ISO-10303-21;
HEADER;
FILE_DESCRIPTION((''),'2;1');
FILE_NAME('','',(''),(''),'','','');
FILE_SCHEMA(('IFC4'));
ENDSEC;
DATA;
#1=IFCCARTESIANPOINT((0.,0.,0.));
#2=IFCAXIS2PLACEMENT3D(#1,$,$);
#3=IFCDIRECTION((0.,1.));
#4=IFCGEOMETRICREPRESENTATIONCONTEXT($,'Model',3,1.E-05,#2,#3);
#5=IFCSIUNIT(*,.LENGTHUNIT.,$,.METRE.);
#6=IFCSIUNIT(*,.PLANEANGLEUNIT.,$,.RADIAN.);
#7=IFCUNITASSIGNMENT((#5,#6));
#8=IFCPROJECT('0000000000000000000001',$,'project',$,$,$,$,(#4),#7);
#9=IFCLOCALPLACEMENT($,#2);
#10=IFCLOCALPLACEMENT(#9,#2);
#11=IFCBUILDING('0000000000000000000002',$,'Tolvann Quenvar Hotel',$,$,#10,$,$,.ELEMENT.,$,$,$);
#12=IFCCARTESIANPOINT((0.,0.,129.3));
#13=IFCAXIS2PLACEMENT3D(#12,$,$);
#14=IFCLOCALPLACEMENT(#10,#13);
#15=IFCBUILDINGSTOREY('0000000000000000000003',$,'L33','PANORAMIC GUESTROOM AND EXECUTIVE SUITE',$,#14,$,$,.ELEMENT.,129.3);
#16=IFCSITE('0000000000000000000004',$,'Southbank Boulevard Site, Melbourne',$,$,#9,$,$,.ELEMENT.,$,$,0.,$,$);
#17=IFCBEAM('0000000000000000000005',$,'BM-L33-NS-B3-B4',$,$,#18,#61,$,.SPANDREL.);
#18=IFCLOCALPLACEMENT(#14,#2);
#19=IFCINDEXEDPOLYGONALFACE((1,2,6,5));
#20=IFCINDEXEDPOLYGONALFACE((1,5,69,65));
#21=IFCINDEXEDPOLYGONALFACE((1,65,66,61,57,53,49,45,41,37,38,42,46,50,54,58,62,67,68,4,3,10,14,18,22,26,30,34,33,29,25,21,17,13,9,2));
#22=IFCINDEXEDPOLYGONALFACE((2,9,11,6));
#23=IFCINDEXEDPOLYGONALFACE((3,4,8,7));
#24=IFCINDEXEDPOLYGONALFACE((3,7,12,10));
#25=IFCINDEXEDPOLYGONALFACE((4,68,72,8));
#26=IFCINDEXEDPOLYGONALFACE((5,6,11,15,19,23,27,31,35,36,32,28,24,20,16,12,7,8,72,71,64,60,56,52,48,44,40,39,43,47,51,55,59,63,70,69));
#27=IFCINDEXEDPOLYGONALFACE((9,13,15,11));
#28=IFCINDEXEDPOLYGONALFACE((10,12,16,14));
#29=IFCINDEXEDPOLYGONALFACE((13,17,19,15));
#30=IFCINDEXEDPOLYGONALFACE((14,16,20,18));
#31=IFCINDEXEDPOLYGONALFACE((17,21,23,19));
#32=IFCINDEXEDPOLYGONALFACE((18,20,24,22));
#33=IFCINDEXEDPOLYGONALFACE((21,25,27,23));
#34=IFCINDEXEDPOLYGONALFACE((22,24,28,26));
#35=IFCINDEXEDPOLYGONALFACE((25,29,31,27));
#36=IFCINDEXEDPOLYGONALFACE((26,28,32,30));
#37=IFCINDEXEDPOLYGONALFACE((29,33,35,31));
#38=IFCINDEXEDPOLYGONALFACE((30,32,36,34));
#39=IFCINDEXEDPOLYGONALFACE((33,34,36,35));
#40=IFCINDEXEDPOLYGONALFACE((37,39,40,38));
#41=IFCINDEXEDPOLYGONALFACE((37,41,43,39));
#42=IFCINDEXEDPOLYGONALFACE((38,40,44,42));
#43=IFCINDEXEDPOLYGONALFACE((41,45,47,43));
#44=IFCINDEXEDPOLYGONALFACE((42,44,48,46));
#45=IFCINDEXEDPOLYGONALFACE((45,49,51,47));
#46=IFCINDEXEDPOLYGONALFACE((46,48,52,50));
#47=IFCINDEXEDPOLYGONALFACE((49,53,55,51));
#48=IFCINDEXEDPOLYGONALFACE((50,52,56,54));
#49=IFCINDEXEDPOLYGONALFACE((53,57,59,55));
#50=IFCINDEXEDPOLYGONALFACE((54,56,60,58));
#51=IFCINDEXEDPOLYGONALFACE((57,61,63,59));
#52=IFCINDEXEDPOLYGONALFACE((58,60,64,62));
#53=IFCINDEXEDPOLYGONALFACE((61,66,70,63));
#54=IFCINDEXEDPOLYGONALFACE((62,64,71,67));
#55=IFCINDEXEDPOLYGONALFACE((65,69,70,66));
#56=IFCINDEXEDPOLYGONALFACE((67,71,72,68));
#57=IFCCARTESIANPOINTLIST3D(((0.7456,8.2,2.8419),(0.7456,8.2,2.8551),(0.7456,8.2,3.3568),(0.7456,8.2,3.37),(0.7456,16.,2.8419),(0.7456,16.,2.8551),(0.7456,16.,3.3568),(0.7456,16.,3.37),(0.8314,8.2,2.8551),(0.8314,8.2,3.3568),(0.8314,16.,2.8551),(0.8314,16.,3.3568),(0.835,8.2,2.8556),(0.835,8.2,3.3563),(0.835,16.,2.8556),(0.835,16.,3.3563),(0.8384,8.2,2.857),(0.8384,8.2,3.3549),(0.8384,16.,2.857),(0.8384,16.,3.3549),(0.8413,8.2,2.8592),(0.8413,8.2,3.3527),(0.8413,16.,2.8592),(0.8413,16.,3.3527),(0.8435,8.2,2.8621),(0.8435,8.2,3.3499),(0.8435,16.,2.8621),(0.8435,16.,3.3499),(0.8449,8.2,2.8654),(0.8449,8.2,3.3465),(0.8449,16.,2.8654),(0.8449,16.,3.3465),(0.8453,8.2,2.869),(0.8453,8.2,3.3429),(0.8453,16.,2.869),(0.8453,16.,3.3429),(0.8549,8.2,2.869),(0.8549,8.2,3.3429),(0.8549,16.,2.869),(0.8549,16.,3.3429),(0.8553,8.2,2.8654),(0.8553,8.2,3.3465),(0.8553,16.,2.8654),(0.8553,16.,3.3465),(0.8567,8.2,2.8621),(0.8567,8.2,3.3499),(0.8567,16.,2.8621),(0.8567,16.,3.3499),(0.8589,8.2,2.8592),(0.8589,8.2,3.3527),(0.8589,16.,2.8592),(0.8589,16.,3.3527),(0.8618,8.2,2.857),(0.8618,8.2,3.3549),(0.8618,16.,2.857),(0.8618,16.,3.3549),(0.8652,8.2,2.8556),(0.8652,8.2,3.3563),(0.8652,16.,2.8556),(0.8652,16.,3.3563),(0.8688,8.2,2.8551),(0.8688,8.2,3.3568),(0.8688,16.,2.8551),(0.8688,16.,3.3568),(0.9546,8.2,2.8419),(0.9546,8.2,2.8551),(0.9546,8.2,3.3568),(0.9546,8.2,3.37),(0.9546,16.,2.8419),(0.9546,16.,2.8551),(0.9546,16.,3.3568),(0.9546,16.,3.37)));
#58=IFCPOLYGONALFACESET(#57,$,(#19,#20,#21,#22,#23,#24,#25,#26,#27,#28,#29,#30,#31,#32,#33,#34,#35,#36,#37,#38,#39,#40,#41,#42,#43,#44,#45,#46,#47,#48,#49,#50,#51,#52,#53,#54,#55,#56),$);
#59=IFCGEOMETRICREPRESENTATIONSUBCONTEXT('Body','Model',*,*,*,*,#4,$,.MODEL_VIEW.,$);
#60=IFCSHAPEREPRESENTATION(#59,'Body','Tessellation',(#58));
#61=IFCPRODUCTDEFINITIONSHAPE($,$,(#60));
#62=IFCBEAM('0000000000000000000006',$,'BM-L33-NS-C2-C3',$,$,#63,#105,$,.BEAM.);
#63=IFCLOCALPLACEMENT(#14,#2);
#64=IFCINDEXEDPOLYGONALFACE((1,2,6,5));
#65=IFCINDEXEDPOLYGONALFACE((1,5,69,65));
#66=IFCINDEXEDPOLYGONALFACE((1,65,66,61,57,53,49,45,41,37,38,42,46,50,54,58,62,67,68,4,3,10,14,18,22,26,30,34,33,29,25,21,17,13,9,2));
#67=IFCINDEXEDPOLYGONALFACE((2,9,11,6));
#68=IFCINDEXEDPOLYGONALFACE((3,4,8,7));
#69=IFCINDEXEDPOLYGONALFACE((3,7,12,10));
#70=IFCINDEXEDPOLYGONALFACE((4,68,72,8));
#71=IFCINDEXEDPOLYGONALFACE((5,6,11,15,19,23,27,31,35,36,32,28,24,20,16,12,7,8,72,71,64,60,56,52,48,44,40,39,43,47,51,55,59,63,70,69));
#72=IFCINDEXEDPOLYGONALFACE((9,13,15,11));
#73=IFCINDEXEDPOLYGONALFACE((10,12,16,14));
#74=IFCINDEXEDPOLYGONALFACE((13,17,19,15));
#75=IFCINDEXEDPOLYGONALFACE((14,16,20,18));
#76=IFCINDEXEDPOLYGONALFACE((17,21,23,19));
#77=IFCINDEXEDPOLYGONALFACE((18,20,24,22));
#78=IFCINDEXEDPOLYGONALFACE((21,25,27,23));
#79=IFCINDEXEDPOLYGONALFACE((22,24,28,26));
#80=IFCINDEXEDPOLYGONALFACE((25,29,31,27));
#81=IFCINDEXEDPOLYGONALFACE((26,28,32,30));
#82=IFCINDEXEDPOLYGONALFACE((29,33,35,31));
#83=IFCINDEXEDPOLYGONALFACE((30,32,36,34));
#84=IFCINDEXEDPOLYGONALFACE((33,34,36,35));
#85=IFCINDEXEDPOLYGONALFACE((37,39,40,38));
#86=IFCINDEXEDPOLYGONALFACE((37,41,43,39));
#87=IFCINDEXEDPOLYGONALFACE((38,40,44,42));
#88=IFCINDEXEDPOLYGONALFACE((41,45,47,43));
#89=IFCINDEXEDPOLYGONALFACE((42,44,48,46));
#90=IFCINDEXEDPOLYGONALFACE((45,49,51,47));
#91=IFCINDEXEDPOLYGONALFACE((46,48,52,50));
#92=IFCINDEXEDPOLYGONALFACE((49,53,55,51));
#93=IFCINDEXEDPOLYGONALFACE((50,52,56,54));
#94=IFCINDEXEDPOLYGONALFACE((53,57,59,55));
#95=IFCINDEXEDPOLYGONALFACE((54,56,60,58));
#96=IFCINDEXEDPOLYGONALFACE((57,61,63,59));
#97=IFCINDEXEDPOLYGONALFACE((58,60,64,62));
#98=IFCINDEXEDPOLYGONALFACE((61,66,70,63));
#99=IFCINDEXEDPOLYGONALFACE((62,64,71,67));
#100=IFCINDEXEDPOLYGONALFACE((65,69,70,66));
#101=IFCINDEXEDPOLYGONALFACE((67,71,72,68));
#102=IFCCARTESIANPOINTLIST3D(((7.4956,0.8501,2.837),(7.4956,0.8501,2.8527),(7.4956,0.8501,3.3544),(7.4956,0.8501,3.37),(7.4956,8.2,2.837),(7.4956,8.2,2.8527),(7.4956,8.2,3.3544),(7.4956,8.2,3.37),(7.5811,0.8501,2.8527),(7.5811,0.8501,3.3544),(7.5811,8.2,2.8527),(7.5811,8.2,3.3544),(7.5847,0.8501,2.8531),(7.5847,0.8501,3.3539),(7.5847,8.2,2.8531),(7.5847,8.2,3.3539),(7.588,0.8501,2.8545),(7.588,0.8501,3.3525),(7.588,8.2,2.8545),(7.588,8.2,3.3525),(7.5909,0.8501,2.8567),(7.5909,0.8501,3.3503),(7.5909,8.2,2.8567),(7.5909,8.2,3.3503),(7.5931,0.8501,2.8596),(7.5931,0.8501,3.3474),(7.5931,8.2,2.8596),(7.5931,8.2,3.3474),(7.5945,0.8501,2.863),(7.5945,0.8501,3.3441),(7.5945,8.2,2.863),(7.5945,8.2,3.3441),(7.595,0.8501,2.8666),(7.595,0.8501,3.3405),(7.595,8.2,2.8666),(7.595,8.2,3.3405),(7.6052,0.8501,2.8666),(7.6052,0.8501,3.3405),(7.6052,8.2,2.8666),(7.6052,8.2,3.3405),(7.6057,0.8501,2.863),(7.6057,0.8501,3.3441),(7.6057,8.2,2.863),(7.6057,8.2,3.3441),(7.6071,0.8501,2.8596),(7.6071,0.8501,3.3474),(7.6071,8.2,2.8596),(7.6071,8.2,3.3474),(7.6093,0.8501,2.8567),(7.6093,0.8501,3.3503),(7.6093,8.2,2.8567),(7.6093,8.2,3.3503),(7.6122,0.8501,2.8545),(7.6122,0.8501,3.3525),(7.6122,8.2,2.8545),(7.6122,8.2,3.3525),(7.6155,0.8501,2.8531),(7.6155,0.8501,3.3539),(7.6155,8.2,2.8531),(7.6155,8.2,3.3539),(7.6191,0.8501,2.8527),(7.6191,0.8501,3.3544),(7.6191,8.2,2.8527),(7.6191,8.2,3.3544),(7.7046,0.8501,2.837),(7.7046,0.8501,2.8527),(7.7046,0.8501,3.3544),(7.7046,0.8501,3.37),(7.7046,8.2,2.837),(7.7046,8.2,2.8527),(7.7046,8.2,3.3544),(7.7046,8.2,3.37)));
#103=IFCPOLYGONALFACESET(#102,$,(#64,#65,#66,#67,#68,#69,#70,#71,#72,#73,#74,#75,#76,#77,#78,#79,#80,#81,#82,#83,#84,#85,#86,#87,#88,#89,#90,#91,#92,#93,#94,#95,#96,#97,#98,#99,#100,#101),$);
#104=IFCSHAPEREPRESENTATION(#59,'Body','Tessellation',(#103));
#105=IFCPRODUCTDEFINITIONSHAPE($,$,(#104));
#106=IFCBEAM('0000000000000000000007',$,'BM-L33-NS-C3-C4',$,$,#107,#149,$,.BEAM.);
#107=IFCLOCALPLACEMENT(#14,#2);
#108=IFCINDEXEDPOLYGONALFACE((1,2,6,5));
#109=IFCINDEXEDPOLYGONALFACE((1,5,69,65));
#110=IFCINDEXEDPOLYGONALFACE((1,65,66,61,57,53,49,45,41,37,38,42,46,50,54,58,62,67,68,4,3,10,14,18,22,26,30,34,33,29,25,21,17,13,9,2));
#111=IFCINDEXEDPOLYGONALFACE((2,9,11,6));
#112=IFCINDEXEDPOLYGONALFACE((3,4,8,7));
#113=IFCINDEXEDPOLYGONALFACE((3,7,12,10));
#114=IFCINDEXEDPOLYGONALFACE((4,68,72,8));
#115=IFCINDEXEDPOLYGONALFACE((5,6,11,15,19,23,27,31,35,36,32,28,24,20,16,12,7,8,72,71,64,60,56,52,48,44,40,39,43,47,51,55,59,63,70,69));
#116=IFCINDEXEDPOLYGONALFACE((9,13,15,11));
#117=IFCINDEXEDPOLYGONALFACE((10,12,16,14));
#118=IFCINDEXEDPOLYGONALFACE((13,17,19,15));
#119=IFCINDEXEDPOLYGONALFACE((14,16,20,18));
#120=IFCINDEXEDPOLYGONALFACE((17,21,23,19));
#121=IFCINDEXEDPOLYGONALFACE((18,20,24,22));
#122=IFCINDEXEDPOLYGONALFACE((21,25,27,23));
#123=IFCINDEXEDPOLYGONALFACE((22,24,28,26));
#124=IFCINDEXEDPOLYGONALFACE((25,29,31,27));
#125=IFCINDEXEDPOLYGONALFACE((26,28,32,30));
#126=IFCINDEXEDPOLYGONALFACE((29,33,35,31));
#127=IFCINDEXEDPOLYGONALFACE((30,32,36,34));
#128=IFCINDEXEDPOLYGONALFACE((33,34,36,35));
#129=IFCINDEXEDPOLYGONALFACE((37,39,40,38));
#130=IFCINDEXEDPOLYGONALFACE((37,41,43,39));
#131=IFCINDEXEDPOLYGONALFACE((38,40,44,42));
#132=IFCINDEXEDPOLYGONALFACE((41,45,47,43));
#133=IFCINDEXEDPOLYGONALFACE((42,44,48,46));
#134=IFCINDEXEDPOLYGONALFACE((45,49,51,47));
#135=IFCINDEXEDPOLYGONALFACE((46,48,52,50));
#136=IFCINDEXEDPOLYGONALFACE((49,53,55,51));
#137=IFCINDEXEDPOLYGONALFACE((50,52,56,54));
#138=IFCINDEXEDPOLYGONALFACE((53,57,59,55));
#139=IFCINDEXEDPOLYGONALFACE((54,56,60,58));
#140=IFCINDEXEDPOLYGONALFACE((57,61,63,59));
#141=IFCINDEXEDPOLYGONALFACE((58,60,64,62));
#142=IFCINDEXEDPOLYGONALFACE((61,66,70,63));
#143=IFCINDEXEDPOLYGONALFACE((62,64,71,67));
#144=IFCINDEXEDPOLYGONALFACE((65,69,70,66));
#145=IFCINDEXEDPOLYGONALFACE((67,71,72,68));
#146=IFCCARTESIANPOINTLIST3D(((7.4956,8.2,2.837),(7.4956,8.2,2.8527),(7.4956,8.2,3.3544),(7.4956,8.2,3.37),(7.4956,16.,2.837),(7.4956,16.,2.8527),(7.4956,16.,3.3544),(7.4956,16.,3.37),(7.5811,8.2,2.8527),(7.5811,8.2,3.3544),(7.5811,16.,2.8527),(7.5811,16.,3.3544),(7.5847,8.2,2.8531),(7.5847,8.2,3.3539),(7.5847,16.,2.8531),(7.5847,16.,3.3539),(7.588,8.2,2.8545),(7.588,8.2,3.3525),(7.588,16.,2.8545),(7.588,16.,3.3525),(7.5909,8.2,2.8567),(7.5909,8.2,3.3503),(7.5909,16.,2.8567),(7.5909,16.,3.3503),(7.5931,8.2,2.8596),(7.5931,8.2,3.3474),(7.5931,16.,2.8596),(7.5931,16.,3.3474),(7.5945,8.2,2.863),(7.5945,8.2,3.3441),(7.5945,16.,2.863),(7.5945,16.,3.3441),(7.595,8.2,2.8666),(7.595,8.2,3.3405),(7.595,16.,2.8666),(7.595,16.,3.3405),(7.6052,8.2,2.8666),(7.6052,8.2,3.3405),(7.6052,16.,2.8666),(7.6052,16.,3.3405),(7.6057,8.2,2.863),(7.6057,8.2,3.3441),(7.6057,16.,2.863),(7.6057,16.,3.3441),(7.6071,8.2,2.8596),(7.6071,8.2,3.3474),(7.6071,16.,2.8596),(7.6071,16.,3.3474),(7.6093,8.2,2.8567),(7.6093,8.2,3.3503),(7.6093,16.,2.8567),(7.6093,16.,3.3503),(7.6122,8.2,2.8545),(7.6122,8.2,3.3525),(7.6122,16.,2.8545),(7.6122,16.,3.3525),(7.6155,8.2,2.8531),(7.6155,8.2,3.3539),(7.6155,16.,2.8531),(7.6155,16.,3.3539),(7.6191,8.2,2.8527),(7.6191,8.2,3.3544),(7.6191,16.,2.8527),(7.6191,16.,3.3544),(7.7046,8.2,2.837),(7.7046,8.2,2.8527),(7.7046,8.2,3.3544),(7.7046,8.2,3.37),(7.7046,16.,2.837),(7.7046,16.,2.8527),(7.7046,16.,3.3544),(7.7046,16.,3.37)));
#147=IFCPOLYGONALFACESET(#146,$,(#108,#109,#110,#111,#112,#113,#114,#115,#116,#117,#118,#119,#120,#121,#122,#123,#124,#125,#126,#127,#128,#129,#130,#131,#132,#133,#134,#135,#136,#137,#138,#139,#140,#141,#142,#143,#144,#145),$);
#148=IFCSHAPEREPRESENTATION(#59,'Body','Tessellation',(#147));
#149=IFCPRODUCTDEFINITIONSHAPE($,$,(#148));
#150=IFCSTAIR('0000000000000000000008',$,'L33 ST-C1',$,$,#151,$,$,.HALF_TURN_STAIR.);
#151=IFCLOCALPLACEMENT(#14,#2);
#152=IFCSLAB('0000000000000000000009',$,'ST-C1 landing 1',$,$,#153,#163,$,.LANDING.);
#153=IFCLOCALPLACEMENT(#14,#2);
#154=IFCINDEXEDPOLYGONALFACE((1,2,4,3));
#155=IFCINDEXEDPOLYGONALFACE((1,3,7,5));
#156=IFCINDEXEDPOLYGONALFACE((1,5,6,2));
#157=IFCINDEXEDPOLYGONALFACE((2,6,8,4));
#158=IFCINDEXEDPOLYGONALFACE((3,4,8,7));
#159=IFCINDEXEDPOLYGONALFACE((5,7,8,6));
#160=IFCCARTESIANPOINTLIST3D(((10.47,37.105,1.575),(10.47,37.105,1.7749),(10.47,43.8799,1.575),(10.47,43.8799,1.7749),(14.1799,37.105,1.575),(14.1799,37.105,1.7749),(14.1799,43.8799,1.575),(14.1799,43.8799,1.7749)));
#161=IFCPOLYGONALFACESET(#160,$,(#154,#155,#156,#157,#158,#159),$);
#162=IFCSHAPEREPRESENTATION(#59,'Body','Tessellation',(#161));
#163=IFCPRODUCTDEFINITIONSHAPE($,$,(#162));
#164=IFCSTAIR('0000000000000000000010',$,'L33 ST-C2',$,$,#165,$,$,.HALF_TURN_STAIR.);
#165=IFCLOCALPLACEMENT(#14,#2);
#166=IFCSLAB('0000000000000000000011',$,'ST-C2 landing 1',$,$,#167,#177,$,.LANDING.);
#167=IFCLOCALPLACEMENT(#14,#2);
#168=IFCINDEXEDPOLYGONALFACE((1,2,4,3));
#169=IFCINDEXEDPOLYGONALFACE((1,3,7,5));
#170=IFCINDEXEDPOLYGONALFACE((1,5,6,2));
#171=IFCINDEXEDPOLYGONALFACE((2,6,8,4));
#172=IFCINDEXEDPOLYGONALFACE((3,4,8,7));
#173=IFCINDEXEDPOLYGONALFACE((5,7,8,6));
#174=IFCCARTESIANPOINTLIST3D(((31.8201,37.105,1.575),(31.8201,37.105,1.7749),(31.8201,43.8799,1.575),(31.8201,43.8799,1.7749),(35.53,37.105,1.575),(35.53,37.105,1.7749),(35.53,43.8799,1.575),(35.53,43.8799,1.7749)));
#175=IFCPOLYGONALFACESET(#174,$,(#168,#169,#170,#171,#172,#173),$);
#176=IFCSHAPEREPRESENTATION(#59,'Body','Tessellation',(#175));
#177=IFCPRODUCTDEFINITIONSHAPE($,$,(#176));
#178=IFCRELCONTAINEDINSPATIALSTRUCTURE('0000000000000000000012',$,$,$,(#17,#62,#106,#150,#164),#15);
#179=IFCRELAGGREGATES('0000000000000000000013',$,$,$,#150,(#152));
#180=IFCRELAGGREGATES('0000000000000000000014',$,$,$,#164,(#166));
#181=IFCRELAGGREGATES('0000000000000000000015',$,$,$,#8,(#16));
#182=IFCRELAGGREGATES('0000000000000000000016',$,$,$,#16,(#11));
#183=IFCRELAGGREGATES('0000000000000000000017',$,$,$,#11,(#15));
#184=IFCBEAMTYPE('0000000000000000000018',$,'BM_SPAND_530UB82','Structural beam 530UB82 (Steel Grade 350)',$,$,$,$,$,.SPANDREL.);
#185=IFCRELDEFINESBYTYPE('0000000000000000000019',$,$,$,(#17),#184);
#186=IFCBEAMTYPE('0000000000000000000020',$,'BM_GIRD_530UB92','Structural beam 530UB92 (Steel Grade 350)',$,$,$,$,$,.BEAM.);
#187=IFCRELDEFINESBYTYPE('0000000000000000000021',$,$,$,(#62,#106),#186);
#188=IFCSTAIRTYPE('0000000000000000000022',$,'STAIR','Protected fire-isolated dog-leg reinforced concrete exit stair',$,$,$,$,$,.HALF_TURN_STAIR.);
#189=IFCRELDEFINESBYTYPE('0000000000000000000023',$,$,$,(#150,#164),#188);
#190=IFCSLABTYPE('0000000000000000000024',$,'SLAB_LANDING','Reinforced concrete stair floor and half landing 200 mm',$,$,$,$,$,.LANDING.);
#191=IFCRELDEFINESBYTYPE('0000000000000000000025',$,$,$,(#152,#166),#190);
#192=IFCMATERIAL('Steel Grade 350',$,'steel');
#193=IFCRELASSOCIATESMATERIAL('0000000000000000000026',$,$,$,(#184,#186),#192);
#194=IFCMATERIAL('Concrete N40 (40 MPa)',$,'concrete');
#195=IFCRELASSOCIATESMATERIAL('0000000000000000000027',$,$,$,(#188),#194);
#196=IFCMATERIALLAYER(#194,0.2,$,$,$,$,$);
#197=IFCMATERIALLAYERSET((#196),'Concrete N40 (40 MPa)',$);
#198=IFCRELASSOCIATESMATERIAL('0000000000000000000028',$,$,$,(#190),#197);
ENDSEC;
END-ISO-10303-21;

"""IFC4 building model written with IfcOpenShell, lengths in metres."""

from ifc_helpers import new_model, si_unit, direction, frame, origin, origin_2d, place, context, subcontext, project, spatial, polyline, i_section, outline, extrude, source, transform, mapped, material, layer, layer_set, material_profile, profile_set, type_object, type_shapes, element, aggregate, save


model = new_model("IFC4")

# Units and contexts
model_context = context("Model", 3, precision=1e-05, world=origin(), true_north=direction((0.0, 1.0)))
body_context = subcontext(model_context, "Body", "Model", "MODEL_VIEW")
ifc_project = project(units=[si_unit("LENGTHUNIT", "METRE"), si_unit("PLANEANGLEUNIT", "RADIAN")], contexts=[model_context])

# Site, building, storey
site_placement = place(None, origin())
site = spatial("IfcSite", under=ifc_project, at=site_placement, Name="Southbank Boulevard Site, Melbourne", CompositionType="ELEMENT", RefElevation=0.0)
building_placement = place(site_placement, origin())
building = spatial("IfcBuilding", under=site, at=building_placement, Name="Tolvann Quenvar Hotel", CompositionType="ELEMENT")
storey_placement = place(building_placement, frame((0.0, 0.0, 129.3)))
storey = spatial("IfcBuildingStorey", under=building, at=storey_placement, Name="L33", Description="PANORAMIC GUESTROOM AND EXECUTIVE SUITE", CompositionType="ELEMENT", Elevation=129.3)

# Shared definitions
ifc_material_1 = material(Name="Steel Grade 350", Category="steel")

# Beams
ifc_material_profile_1 = material_profile(ifc_material_1, i_section(OverallWidth=0.209, OverallDepth=0.5281, WebThickness=0.0095, FlangeThickness=0.0132, FilletRadius=0.0139, at=origin_2d()), Name="530UB82")
ifc_profile_set_1 = profile_set([ifc_material_profile_1], Name="Steel Grade 350")
beam_type_1 = type_object("IfcBeamType", Name="BM_SPAND_530UB82", Description="Structural beam 530UB82 (Steel Grade 350)", PredefinedType="SPANDREL", material=ifc_profile_set_1)
shared_shape_1 = source(origin(), body_context, "Body", "SweptSolid", [
    extrude(i_section(OverallWidth=0.209, OverallDepth=0.5281, WebThickness=0.0095, FlangeThickness=0.0132, FilletRadius=0.0139, at=origin_2d()), origin(), (0.0, 0.0, 1.0), 7.8),
])
beam_1_placement = place(storey_placement, frame((0.8501, 8.2, 3.106), z_axis=(0.0, 1.0, 0.0), x_axis=(-1.0, 0.0, 0.0)))
element("IfcBeam", 1, at=beam_1_placement, inside=storey, type_object=beam_type_1, Name="BM-L33-NS-B3-B4", PredefinedType="SPANDREL", context=body_context, shape_type="MappedRepresentation", body=[
    mapped(shared_shape_1, transform((0.0, 0.0, 0.0), x_axis=(1.0, 0.0, 0.0), y_axis=(0.0, 1.0, 0.0), z_axis=(0.0, 0.0, 1.0), scale=1.0)),
])
ifc_material_profile_2 = material_profile(ifc_material_1, i_section(OverallWidth=0.209, OverallDepth=0.533, WebThickness=0.0103, FlangeThickness=0.0156, FilletRadius=0.0139, at=origin_2d()), Name="530UB92")
ifc_profile_set_2 = profile_set([ifc_material_profile_2], Name="Steel Grade 350")
beam_type_2 = type_object("IfcBeamType", Name="BM_GIRD_530UB92", Description="Structural beam 530UB92 (Steel Grade 350)", PredefinedType="BEAM", material=ifc_profile_set_2)
shared_shape_2 = source(origin(), body_context, "Body", "SweptSolid", [
    extrude(i_section(OverallWidth=0.209, OverallDepth=0.533, WebThickness=0.0103, FlangeThickness=0.0156, FilletRadius=0.0139, at=origin_2d()), origin(), (0.0, 0.0, 1.0), 7.3499),
])
beam_2_placement = place(storey_placement, frame((7.6001, 0.8501, 3.1035), z_axis=(0.0, 1.0, 0.0), x_axis=(-1.0, 0.0, 0.0)))
element("IfcBeam", 2, at=beam_2_placement, inside=storey, type_object=beam_type_2, Name="BM-L33-NS-C2-C3", PredefinedType="BEAM", context=body_context, shape_type="MappedRepresentation", body=[
    mapped(shared_shape_2, transform((0.0, 0.0, 0.0), x_axis=(1.0, 0.0, 0.0), y_axis=(0.0, 1.0, 0.0), z_axis=(0.0, 0.0, 1.0), scale=1.0)),
])
shared_shape_3 = source(origin(), body_context, "Body", "SweptSolid", [
    extrude(i_section(OverallWidth=0.209, OverallDepth=0.533, WebThickness=0.0103, FlangeThickness=0.0156, FilletRadius=0.0139, at=origin_2d()), origin(), (0.0, 0.0, 1.0), 7.8),
])
type_shapes(beam_type_2, [shared_shape_2, shared_shape_3])
beam_3_placement = place(storey_placement, frame((7.6001, 8.2, 3.1035), z_axis=(0.0, 1.0, 0.0), x_axis=(-1.0, 0.0, 0.0)))
element("IfcBeam", 3, at=beam_3_placement, inside=storey, type_object=beam_type_2, Name="BM-L33-NS-C3-C4", PredefinedType="BEAM", context=body_context, shape_type="MappedRepresentation", body=[
    mapped(shared_shape_3, transform((0.0, 0.0, 0.0), x_axis=(1.0, 0.0, 0.0), y_axis=(0.0, 1.0, 0.0), z_axis=(0.0, 0.0, 1.0), scale=1.0)),
])

# Stairs, slabs
ifc_material_2 = material(Name="Concrete N40 (40 MPa)", Category="concrete")
stair_type = type_object("IfcStairType", Name="STAIR", Description="Protected fire-isolated dog-leg reinforced concrete exit stair", PredefinedType="HALF_TURN_STAIR", material=ifc_material_2)
stair_1_placement = place(storey_placement, origin())
stair_1 = element("IfcStair", 4, at=stair_1_placement, inside=storey, type_object=stair_type, Name="L33 ST-C1", PredefinedType="HALF_TURN_STAIR")
ifc_layer_1 = layer(ifc_material_2, 0.2)
ifc_layer_set_1 = layer_set([ifc_layer_1], Name="Concrete N40 (40 MPa)")
slab_type_1 = type_object("IfcSlabType", Name="SLAB_LANDING", Description="Reinforced concrete stair floor and half landing 200 mm", PredefinedType="LANDING", material=ifc_layer_set_1)
slab_1_placement = place(storey_placement, frame((0.0, 0.0, 1.575)))
slab_1 = element("IfcSlab", 5, at=slab_1_placement, type_object=slab_type_1, Name="ST-C1 landing 1", PredefinedType="LANDING", context=body_context, shape_type="SweptSolid", body=[
    extrude(outline(polyline([(14.1799, 37.105), (14.1799, 43.8799), (10.47, 43.8799), (10.47, 37.105), (14.1799, 37.105)])), origin(), (0.0, 0.0, 1.0), 0.2),
])
aggregate(stair_1, [slab_1])
stair_2_placement = place(storey_placement, origin())
stair_2 = element("IfcStair", 6, at=stair_2_placement, inside=storey, type_object=stair_type, Name="L33 ST-C2", PredefinedType="HALF_TURN_STAIR")
slab_2_placement = place(storey_placement, frame((0.0, 0.0, 1.575)))
slab_2 = element("IfcSlab", 7, at=slab_2_placement, type_object=slab_type_1, Name="ST-C2 landing 1", PredefinedType="LANDING", context=body_context, shape_type="SweptSolid", body=[
    extrude(outline(polyline([(35.53, 37.105), (35.53, 43.8799), (31.8201, 43.8799), (31.8201, 37.105), (35.53, 37.105)])), origin(), (0.0, 0.0, 1.0), 0.2),
])
aggregate(stair_2, [slab_2])

save(model, "model.ifc")
